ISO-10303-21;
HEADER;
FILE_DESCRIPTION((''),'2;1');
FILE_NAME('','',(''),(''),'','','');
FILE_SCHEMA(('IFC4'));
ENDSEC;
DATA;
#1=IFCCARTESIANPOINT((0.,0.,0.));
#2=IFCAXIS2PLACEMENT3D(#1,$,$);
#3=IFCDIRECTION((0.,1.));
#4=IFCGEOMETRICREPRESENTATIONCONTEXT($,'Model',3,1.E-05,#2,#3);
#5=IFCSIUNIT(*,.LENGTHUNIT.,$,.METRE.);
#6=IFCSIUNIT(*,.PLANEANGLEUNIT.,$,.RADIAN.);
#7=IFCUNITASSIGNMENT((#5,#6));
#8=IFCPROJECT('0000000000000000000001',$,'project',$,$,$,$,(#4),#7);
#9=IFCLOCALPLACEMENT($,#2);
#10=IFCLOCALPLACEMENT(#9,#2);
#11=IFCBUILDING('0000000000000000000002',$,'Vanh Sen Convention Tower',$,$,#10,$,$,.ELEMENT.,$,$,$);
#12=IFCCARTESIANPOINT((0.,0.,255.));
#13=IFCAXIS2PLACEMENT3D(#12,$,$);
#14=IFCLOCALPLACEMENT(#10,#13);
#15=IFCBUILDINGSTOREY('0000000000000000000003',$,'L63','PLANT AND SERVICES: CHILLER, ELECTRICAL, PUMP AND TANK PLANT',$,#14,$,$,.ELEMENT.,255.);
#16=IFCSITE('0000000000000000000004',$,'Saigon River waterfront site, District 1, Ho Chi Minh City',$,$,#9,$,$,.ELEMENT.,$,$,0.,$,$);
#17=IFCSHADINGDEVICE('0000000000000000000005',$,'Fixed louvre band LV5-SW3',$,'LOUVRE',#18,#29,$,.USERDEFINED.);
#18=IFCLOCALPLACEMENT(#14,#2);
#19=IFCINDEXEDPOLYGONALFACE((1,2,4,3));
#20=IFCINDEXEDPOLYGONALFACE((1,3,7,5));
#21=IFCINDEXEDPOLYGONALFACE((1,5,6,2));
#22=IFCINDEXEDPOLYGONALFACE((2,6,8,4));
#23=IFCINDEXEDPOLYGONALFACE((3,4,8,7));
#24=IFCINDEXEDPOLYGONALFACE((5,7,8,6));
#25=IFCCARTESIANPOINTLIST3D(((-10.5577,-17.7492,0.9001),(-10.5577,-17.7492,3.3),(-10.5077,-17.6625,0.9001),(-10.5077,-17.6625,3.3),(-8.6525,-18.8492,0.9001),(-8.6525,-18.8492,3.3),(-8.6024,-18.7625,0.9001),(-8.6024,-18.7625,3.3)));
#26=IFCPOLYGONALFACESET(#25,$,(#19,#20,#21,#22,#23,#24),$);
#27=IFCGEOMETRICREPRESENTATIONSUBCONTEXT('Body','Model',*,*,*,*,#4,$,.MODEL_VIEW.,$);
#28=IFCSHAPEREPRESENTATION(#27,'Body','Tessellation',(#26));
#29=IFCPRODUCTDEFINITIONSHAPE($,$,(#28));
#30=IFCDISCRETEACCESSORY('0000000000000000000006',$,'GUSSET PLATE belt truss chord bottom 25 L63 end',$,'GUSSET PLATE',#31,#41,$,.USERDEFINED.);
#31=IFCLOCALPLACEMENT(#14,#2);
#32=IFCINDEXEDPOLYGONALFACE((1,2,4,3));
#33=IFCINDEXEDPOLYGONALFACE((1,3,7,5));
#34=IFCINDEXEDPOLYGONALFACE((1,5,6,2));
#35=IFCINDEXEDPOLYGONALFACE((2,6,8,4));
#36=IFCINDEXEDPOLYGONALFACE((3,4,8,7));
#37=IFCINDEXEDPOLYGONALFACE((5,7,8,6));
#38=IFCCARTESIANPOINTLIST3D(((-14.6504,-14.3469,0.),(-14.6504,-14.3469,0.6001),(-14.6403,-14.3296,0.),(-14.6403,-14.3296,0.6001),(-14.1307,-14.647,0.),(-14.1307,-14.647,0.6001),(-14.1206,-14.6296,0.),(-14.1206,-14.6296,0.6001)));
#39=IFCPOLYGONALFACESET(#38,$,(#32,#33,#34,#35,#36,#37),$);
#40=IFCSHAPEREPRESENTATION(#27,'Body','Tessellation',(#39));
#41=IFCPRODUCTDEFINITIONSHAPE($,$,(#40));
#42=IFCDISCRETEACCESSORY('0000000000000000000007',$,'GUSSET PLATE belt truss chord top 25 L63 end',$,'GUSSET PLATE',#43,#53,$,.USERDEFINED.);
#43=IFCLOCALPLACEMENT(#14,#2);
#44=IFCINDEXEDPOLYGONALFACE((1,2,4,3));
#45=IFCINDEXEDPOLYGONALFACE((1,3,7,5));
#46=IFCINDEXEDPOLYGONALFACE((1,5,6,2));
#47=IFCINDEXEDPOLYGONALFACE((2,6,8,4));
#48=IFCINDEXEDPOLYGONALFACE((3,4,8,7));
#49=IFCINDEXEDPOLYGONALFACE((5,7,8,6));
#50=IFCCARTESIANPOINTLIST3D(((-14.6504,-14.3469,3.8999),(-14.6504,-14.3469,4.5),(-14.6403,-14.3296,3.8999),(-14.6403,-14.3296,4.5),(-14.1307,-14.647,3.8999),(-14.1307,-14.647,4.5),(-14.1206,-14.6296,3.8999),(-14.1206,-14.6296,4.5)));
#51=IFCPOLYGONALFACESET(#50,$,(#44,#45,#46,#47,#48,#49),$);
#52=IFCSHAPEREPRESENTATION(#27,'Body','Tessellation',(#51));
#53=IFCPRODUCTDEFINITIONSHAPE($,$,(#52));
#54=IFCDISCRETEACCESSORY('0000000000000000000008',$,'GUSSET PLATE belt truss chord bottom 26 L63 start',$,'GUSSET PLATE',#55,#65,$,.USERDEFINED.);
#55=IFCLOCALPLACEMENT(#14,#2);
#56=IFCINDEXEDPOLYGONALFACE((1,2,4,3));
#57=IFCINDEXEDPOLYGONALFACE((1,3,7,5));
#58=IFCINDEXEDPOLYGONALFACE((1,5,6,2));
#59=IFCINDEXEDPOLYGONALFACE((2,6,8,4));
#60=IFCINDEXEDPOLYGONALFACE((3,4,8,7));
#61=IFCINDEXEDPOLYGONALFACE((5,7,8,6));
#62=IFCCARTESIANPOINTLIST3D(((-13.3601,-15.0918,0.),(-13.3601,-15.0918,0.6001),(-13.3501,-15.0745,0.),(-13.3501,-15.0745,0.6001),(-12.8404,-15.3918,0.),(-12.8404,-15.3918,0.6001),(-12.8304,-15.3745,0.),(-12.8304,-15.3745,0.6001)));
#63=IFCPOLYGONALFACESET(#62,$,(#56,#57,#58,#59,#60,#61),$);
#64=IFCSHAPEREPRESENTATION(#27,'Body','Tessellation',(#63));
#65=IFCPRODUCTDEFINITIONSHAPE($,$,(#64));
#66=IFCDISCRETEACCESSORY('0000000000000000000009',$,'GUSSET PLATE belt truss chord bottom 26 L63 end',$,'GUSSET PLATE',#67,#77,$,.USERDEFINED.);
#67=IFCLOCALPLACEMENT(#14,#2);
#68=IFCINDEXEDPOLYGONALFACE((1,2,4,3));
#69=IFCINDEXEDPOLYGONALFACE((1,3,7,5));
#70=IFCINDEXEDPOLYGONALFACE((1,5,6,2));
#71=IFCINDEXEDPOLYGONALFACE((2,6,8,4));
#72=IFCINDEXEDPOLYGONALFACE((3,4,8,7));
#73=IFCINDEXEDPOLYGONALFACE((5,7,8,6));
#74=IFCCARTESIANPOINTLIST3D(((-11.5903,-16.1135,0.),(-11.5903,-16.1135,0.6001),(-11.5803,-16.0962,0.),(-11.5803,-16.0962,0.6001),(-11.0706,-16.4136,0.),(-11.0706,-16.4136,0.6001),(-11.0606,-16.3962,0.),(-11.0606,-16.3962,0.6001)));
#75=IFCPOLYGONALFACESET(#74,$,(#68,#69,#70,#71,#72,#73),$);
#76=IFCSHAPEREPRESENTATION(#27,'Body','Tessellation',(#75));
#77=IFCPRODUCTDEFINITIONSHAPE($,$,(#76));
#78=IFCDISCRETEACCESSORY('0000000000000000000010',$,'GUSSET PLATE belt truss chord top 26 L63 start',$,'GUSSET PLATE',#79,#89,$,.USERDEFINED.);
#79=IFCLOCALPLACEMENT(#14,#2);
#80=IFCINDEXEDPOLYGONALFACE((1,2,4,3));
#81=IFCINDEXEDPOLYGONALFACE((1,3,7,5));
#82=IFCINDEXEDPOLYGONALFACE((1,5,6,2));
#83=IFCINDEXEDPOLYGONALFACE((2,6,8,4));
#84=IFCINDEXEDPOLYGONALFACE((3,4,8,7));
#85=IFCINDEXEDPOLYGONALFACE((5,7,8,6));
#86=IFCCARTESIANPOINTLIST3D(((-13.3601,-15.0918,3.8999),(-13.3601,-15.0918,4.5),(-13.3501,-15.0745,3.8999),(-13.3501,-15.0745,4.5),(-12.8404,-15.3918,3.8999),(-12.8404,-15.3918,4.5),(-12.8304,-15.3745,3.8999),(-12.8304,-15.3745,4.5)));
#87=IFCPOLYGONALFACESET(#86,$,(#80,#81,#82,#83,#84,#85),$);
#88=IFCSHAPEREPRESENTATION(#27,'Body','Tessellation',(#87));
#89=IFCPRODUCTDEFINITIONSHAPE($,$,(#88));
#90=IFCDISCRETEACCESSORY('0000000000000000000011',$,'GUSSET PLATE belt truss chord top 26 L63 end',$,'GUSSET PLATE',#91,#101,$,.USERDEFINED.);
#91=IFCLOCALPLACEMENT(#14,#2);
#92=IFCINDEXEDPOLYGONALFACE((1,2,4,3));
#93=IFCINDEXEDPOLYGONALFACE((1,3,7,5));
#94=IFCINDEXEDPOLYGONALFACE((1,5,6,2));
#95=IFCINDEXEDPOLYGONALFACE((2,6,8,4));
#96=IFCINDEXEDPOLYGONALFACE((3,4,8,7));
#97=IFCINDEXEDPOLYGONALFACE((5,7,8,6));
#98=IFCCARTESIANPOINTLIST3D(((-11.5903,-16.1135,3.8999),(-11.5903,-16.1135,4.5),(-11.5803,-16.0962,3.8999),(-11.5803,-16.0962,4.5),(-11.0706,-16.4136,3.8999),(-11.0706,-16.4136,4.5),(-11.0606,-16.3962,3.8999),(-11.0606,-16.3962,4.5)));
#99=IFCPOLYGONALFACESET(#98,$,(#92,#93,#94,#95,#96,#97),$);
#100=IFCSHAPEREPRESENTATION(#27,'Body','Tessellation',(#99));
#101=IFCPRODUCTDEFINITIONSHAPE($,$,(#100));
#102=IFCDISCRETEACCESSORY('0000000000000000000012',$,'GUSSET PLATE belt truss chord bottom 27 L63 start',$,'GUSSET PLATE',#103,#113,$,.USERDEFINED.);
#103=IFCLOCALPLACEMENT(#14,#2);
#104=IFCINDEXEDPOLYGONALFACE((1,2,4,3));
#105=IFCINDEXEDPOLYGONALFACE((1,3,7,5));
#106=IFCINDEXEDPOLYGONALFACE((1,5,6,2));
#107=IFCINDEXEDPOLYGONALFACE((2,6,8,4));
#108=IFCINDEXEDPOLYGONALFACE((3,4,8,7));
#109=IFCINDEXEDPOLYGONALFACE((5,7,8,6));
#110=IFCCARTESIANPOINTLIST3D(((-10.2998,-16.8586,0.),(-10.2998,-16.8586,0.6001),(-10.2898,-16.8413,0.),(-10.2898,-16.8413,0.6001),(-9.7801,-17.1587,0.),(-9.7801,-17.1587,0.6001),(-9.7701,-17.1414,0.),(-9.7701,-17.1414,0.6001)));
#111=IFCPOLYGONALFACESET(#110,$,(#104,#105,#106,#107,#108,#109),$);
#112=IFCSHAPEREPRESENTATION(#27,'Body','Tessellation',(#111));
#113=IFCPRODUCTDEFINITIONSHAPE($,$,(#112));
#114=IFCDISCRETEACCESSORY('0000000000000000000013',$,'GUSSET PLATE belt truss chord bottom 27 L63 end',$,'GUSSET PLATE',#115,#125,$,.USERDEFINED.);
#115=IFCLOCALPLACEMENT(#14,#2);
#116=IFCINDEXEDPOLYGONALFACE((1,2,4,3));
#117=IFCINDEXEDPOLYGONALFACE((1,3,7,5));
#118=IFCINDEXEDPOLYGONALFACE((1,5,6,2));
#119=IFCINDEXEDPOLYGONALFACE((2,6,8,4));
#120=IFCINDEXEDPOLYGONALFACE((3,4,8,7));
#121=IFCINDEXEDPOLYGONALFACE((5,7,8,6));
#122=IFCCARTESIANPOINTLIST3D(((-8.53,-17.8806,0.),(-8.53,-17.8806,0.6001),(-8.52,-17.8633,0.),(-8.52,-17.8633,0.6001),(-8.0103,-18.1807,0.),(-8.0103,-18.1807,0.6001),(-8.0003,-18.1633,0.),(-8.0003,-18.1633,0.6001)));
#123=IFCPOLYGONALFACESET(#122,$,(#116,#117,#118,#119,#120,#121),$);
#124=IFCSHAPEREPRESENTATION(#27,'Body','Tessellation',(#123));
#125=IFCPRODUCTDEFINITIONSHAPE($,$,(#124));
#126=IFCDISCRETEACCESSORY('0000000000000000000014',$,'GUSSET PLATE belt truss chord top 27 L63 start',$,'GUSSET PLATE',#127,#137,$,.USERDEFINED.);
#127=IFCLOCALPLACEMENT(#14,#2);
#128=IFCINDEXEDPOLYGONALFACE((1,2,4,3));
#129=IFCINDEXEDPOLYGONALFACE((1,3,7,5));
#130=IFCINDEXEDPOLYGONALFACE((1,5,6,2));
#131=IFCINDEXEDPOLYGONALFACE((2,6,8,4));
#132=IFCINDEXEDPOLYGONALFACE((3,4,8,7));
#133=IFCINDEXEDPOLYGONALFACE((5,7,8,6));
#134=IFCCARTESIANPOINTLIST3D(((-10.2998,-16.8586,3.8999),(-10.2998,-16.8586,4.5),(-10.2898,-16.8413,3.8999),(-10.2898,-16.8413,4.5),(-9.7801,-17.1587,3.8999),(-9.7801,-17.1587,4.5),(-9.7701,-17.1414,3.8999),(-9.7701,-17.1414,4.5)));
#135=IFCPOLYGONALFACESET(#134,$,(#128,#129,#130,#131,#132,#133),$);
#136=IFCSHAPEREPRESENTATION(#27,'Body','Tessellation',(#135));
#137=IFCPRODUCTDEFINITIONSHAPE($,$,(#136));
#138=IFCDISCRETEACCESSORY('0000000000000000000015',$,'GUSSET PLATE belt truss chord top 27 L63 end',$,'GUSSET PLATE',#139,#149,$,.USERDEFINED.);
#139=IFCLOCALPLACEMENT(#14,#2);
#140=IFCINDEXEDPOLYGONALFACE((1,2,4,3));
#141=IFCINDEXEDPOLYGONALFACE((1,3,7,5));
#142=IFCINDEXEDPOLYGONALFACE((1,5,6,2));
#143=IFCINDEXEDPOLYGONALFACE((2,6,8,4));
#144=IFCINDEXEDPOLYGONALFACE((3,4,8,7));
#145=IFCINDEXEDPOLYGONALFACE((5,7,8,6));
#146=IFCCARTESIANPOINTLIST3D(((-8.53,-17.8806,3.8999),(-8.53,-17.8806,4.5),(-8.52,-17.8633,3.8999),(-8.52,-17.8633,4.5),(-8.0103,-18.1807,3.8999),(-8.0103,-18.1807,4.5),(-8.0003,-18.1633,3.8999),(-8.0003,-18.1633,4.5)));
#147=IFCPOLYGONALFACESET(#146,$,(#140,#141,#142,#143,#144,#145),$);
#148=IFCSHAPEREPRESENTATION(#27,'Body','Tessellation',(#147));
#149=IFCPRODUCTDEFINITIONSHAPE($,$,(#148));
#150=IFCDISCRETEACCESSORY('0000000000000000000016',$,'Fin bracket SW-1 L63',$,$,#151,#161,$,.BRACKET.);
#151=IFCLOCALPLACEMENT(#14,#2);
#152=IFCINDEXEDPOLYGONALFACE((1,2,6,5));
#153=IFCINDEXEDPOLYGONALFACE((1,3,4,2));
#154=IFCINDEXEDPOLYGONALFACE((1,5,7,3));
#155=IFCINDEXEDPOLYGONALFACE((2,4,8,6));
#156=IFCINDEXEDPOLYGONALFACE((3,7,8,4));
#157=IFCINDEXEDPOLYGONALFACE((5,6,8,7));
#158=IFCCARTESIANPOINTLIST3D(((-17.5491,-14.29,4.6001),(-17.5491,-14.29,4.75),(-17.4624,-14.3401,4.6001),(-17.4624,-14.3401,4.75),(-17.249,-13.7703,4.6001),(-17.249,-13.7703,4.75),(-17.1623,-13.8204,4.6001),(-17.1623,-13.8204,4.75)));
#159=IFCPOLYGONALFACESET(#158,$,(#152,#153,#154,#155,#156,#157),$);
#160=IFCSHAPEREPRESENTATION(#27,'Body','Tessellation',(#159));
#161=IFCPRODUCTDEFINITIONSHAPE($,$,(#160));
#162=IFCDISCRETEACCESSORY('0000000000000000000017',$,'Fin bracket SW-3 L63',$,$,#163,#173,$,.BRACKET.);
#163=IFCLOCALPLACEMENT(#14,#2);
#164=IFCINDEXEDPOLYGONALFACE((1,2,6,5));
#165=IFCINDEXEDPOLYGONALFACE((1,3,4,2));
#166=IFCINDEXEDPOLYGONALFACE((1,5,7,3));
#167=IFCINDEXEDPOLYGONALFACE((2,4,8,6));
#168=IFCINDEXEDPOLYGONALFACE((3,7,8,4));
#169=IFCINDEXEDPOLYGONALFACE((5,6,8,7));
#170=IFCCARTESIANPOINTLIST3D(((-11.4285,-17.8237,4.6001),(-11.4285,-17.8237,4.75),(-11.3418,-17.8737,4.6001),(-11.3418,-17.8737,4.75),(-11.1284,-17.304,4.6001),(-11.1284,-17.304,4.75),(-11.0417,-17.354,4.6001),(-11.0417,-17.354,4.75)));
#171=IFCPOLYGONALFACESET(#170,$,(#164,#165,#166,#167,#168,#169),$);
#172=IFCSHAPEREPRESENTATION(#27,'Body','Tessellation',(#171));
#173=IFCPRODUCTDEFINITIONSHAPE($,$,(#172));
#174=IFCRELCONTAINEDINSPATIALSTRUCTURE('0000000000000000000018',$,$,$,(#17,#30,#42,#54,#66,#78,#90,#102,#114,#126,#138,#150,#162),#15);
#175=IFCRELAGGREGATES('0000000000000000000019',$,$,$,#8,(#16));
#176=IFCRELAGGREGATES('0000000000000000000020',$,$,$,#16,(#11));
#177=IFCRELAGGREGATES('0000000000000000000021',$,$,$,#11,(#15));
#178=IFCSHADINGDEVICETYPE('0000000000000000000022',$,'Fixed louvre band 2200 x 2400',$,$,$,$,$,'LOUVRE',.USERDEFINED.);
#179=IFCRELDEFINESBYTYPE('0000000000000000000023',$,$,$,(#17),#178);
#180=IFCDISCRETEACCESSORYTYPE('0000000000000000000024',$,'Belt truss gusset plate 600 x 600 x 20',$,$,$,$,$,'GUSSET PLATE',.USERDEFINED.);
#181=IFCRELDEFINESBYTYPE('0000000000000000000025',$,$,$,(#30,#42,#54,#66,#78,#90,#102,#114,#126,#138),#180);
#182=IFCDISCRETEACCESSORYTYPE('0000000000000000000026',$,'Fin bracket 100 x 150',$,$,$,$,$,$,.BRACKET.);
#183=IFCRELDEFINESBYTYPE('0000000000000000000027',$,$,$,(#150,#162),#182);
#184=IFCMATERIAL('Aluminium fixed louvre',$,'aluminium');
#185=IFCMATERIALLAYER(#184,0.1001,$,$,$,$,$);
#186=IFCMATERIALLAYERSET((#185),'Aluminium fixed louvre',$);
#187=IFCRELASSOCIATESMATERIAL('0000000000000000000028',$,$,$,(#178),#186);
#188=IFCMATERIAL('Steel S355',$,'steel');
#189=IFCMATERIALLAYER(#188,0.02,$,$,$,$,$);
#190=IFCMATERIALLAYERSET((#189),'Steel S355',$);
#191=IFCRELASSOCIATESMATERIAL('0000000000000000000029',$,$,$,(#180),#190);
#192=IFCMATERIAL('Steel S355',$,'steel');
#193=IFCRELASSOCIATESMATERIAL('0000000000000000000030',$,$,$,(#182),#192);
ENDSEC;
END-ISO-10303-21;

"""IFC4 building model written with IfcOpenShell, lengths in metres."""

from ifc_helpers import new_model, si_unit, direction, frame, origin, origin_2d, place, context, subcontext, project, spatial, rectangle, extrude, material, layer, layer_set, type_object, element, save


model = new_model("IFC4")

# Units and contexts
model_context = context("Model", 3, precision=1e-05, world=origin(), true_north=direction((0.0, 1.0)))
body_context = subcontext(model_context, "Body", "Model", "MODEL_VIEW")
ifc_project = project(units=[si_unit("LENGTHUNIT", "METRE"), si_unit("PLANEANGLEUNIT", "RADIAN")], contexts=[model_context])

# Site, building, storey
site_placement = place(None, origin())
site = spatial("IfcSite", under=ifc_project, at=site_placement, Name="Saigon River waterfront site, District 1, Ho Chi Minh City", CompositionType="ELEMENT", RefElevation=0.0)
building_placement = place(site_placement, origin())
building = spatial("IfcBuilding", under=site, at=building_placement, Name="Vanh Sen Convention Tower", CompositionType="ELEMENT")
storey_placement = place(building_placement, frame((0.0, 0.0, 255.0)))
storey = spatial("IfcBuildingStorey", under=building, at=storey_placement, Name="L63", Description="PLANT AND SERVICES: CHILLER, ELECTRICAL, PUMP AND TANK PLANT", CompositionType="ELEMENT", Elevation=255.0)

# Shared definitions
ifc_material_1 = material(Name="Steel S355", Category="steel")

# Shading device
ifc_material_2 = material(Name="Aluminium fixed louvre", Category="aluminium")
ifc_layer_1 = layer(ifc_material_2, 0.1001)
ifc_layer_set_1 = layer_set([ifc_layer_1], Name="Aluminium fixed louvre")
shading_device_type = type_object("IfcShadingDeviceType", Name="Fixed louvre band 2200 x 2400", ElementType="LOUVRE", PredefinedType="USERDEFINED", material=ifc_layer_set_1)
for number, where, z_axis, x_axis, name in (
    (1, (-9.5801, -18.2559, 0.9001), (0.0, 0.0, 1.0), (0.866025, -0.500002, 0.0), "Fixed louvre band LV5-SW3"),
):
    element("IfcShadingDevice", number, at=place(storey_placement, frame(where, z_axis=z_axis, x_axis=x_axis)), inside=storey, type_object=shading_device_type, Name=name, ObjectType="LOUVRE", PredefinedType="USERDEFINED", context=body_context, shape_type="SweptSolid", body=[
        extrude(rectangle(XDim=2.2, YDim=0.1001, at=origin_2d()), origin(), (0.0, 0.0, 1.0), 2.3999),
    ])

# Discrete accessories
ifc_layer_2 = layer(ifc_material_1, 0.02)
ifc_layer_set_2 = layer_set([ifc_layer_2], Name="Steel S355")
discrete_accessory_type_1 = type_object("IfcDiscreteAccessoryType", Name="Belt truss gusset plate 600 x 600 x 20", ElementType="GUSSET PLATE", PredefinedType="USERDEFINED", material=ifc_layer_set_2)
for number, where, z_axis, x_axis, name in (
    (2, (-14.3855, -14.4883, 0.0), (0.0, 0.0, 1.0), (-0.866026, 0.499998, 0.0), "GUSSET PLATE belt truss chord bottom 25 L63 end"),
    (3, (-14.3855, -14.4883, 3.8999), (0.0, 0.0, 1.0), (-0.866026, 0.499998, 0.0), "GUSSET PLATE belt truss chord top 25 L63 end"),
    (4, (-13.0952, -15.2332, 0.0), (0.0, 0.0, 1.0), (0.866026, -0.499998, 0.0), "GUSSET PLATE belt truss chord bottom 26 L63 start"),
    (5, (-11.3254, -16.2549, 0.0), (0.0, 0.0, 1.0), (-0.866026, 0.499998, 0.0), "GUSSET PLATE belt truss chord bottom 26 L63 end"),
    (6, (-13.0952, -15.2332, 3.8999), (0.0, 0.0, 1.0), (0.866026, -0.499998, 0.0), "GUSSET PLATE belt truss chord top 26 L63 start"),
    (7, (-11.3254, -16.2549, 3.8999), (0.0, 0.0, 1.0), (-0.866026, 0.499998, 0.0), "GUSSET PLATE belt truss chord top 26 L63 end"),
    (8, (-10.0349, -17.0, 0.0), (0.0, 0.0, 1.0), (0.866014, -0.50002, 0.0), "GUSSET PLATE belt truss chord bottom 27 L63 start"),
    (9, (-8.2651, -18.022, 0.0), (0.0, 0.0, 1.0), (-0.866014, 0.50002, 0.0), "GUSSET PLATE belt truss chord bottom 27 L63 end"),
    (10, (-10.0349, -17.0, 3.8999), (0.0, 0.0, 1.0), (0.866014, -0.50002, 0.0), "GUSSET PLATE belt truss chord top 27 L63 start"),
    (11, (-8.2651, -18.022, 3.8999), (0.0, 0.0, 1.0), (-0.866014, 0.50002, 0.0), "GUSSET PLATE belt truss chord top 27 L63 end"),
):
    element("IfcDiscreteAccessory", number, at=place(storey_placement, frame(where, z_axis=z_axis, x_axis=x_axis)), inside=storey, type_object=discrete_accessory_type_1, Name=name, ObjectType="GUSSET PLATE", PredefinedType="USERDEFINED", context=body_context, shape_type="SweptSolid", body=[
        extrude(rectangle(XDim=0.6001, YDim=0.02, at=origin_2d()), origin(), (0.0, 0.0, 1.0), 0.6001),
    ])
ifc_material_3 = material(Name="Steel S355", Category="steel")
discrete_accessory_type_2 = type_object("IfcDiscreteAccessoryType", Name="Fin bracket 100 x 150", PredefinedType="BRACKET", material=ifc_material_3)
for number, where, z_axis, x_axis, name in (
    (12, (-17.3557, -14.0552, 4.6001), (0.0, 0.0, 1.0), (-0.5, -0.866025, 0.0), "Fin bracket SW-1 L63"),
    (13, (-11.2351, -17.5889, 4.6001), (0.0, 0.0, 1.0), (-0.5, -0.866025, 0.0), "Fin bracket SW-3 L63"),
):
    element("IfcDiscreteAccessory", number, at=place(storey_placement, frame(where, z_axis=z_axis, x_axis=x_axis)), inside=storey, type_object=discrete_accessory_type_2, Name=name, PredefinedType="BRACKET", context=body_context, shape_type="SweptSolid", body=[
        extrude(rectangle(XDim=0.6001, YDim=0.1001, at=origin_2d()), origin(), (0.0, 0.0, 1.0), 0.1499),
    ])

save(model, "model.ifc")
